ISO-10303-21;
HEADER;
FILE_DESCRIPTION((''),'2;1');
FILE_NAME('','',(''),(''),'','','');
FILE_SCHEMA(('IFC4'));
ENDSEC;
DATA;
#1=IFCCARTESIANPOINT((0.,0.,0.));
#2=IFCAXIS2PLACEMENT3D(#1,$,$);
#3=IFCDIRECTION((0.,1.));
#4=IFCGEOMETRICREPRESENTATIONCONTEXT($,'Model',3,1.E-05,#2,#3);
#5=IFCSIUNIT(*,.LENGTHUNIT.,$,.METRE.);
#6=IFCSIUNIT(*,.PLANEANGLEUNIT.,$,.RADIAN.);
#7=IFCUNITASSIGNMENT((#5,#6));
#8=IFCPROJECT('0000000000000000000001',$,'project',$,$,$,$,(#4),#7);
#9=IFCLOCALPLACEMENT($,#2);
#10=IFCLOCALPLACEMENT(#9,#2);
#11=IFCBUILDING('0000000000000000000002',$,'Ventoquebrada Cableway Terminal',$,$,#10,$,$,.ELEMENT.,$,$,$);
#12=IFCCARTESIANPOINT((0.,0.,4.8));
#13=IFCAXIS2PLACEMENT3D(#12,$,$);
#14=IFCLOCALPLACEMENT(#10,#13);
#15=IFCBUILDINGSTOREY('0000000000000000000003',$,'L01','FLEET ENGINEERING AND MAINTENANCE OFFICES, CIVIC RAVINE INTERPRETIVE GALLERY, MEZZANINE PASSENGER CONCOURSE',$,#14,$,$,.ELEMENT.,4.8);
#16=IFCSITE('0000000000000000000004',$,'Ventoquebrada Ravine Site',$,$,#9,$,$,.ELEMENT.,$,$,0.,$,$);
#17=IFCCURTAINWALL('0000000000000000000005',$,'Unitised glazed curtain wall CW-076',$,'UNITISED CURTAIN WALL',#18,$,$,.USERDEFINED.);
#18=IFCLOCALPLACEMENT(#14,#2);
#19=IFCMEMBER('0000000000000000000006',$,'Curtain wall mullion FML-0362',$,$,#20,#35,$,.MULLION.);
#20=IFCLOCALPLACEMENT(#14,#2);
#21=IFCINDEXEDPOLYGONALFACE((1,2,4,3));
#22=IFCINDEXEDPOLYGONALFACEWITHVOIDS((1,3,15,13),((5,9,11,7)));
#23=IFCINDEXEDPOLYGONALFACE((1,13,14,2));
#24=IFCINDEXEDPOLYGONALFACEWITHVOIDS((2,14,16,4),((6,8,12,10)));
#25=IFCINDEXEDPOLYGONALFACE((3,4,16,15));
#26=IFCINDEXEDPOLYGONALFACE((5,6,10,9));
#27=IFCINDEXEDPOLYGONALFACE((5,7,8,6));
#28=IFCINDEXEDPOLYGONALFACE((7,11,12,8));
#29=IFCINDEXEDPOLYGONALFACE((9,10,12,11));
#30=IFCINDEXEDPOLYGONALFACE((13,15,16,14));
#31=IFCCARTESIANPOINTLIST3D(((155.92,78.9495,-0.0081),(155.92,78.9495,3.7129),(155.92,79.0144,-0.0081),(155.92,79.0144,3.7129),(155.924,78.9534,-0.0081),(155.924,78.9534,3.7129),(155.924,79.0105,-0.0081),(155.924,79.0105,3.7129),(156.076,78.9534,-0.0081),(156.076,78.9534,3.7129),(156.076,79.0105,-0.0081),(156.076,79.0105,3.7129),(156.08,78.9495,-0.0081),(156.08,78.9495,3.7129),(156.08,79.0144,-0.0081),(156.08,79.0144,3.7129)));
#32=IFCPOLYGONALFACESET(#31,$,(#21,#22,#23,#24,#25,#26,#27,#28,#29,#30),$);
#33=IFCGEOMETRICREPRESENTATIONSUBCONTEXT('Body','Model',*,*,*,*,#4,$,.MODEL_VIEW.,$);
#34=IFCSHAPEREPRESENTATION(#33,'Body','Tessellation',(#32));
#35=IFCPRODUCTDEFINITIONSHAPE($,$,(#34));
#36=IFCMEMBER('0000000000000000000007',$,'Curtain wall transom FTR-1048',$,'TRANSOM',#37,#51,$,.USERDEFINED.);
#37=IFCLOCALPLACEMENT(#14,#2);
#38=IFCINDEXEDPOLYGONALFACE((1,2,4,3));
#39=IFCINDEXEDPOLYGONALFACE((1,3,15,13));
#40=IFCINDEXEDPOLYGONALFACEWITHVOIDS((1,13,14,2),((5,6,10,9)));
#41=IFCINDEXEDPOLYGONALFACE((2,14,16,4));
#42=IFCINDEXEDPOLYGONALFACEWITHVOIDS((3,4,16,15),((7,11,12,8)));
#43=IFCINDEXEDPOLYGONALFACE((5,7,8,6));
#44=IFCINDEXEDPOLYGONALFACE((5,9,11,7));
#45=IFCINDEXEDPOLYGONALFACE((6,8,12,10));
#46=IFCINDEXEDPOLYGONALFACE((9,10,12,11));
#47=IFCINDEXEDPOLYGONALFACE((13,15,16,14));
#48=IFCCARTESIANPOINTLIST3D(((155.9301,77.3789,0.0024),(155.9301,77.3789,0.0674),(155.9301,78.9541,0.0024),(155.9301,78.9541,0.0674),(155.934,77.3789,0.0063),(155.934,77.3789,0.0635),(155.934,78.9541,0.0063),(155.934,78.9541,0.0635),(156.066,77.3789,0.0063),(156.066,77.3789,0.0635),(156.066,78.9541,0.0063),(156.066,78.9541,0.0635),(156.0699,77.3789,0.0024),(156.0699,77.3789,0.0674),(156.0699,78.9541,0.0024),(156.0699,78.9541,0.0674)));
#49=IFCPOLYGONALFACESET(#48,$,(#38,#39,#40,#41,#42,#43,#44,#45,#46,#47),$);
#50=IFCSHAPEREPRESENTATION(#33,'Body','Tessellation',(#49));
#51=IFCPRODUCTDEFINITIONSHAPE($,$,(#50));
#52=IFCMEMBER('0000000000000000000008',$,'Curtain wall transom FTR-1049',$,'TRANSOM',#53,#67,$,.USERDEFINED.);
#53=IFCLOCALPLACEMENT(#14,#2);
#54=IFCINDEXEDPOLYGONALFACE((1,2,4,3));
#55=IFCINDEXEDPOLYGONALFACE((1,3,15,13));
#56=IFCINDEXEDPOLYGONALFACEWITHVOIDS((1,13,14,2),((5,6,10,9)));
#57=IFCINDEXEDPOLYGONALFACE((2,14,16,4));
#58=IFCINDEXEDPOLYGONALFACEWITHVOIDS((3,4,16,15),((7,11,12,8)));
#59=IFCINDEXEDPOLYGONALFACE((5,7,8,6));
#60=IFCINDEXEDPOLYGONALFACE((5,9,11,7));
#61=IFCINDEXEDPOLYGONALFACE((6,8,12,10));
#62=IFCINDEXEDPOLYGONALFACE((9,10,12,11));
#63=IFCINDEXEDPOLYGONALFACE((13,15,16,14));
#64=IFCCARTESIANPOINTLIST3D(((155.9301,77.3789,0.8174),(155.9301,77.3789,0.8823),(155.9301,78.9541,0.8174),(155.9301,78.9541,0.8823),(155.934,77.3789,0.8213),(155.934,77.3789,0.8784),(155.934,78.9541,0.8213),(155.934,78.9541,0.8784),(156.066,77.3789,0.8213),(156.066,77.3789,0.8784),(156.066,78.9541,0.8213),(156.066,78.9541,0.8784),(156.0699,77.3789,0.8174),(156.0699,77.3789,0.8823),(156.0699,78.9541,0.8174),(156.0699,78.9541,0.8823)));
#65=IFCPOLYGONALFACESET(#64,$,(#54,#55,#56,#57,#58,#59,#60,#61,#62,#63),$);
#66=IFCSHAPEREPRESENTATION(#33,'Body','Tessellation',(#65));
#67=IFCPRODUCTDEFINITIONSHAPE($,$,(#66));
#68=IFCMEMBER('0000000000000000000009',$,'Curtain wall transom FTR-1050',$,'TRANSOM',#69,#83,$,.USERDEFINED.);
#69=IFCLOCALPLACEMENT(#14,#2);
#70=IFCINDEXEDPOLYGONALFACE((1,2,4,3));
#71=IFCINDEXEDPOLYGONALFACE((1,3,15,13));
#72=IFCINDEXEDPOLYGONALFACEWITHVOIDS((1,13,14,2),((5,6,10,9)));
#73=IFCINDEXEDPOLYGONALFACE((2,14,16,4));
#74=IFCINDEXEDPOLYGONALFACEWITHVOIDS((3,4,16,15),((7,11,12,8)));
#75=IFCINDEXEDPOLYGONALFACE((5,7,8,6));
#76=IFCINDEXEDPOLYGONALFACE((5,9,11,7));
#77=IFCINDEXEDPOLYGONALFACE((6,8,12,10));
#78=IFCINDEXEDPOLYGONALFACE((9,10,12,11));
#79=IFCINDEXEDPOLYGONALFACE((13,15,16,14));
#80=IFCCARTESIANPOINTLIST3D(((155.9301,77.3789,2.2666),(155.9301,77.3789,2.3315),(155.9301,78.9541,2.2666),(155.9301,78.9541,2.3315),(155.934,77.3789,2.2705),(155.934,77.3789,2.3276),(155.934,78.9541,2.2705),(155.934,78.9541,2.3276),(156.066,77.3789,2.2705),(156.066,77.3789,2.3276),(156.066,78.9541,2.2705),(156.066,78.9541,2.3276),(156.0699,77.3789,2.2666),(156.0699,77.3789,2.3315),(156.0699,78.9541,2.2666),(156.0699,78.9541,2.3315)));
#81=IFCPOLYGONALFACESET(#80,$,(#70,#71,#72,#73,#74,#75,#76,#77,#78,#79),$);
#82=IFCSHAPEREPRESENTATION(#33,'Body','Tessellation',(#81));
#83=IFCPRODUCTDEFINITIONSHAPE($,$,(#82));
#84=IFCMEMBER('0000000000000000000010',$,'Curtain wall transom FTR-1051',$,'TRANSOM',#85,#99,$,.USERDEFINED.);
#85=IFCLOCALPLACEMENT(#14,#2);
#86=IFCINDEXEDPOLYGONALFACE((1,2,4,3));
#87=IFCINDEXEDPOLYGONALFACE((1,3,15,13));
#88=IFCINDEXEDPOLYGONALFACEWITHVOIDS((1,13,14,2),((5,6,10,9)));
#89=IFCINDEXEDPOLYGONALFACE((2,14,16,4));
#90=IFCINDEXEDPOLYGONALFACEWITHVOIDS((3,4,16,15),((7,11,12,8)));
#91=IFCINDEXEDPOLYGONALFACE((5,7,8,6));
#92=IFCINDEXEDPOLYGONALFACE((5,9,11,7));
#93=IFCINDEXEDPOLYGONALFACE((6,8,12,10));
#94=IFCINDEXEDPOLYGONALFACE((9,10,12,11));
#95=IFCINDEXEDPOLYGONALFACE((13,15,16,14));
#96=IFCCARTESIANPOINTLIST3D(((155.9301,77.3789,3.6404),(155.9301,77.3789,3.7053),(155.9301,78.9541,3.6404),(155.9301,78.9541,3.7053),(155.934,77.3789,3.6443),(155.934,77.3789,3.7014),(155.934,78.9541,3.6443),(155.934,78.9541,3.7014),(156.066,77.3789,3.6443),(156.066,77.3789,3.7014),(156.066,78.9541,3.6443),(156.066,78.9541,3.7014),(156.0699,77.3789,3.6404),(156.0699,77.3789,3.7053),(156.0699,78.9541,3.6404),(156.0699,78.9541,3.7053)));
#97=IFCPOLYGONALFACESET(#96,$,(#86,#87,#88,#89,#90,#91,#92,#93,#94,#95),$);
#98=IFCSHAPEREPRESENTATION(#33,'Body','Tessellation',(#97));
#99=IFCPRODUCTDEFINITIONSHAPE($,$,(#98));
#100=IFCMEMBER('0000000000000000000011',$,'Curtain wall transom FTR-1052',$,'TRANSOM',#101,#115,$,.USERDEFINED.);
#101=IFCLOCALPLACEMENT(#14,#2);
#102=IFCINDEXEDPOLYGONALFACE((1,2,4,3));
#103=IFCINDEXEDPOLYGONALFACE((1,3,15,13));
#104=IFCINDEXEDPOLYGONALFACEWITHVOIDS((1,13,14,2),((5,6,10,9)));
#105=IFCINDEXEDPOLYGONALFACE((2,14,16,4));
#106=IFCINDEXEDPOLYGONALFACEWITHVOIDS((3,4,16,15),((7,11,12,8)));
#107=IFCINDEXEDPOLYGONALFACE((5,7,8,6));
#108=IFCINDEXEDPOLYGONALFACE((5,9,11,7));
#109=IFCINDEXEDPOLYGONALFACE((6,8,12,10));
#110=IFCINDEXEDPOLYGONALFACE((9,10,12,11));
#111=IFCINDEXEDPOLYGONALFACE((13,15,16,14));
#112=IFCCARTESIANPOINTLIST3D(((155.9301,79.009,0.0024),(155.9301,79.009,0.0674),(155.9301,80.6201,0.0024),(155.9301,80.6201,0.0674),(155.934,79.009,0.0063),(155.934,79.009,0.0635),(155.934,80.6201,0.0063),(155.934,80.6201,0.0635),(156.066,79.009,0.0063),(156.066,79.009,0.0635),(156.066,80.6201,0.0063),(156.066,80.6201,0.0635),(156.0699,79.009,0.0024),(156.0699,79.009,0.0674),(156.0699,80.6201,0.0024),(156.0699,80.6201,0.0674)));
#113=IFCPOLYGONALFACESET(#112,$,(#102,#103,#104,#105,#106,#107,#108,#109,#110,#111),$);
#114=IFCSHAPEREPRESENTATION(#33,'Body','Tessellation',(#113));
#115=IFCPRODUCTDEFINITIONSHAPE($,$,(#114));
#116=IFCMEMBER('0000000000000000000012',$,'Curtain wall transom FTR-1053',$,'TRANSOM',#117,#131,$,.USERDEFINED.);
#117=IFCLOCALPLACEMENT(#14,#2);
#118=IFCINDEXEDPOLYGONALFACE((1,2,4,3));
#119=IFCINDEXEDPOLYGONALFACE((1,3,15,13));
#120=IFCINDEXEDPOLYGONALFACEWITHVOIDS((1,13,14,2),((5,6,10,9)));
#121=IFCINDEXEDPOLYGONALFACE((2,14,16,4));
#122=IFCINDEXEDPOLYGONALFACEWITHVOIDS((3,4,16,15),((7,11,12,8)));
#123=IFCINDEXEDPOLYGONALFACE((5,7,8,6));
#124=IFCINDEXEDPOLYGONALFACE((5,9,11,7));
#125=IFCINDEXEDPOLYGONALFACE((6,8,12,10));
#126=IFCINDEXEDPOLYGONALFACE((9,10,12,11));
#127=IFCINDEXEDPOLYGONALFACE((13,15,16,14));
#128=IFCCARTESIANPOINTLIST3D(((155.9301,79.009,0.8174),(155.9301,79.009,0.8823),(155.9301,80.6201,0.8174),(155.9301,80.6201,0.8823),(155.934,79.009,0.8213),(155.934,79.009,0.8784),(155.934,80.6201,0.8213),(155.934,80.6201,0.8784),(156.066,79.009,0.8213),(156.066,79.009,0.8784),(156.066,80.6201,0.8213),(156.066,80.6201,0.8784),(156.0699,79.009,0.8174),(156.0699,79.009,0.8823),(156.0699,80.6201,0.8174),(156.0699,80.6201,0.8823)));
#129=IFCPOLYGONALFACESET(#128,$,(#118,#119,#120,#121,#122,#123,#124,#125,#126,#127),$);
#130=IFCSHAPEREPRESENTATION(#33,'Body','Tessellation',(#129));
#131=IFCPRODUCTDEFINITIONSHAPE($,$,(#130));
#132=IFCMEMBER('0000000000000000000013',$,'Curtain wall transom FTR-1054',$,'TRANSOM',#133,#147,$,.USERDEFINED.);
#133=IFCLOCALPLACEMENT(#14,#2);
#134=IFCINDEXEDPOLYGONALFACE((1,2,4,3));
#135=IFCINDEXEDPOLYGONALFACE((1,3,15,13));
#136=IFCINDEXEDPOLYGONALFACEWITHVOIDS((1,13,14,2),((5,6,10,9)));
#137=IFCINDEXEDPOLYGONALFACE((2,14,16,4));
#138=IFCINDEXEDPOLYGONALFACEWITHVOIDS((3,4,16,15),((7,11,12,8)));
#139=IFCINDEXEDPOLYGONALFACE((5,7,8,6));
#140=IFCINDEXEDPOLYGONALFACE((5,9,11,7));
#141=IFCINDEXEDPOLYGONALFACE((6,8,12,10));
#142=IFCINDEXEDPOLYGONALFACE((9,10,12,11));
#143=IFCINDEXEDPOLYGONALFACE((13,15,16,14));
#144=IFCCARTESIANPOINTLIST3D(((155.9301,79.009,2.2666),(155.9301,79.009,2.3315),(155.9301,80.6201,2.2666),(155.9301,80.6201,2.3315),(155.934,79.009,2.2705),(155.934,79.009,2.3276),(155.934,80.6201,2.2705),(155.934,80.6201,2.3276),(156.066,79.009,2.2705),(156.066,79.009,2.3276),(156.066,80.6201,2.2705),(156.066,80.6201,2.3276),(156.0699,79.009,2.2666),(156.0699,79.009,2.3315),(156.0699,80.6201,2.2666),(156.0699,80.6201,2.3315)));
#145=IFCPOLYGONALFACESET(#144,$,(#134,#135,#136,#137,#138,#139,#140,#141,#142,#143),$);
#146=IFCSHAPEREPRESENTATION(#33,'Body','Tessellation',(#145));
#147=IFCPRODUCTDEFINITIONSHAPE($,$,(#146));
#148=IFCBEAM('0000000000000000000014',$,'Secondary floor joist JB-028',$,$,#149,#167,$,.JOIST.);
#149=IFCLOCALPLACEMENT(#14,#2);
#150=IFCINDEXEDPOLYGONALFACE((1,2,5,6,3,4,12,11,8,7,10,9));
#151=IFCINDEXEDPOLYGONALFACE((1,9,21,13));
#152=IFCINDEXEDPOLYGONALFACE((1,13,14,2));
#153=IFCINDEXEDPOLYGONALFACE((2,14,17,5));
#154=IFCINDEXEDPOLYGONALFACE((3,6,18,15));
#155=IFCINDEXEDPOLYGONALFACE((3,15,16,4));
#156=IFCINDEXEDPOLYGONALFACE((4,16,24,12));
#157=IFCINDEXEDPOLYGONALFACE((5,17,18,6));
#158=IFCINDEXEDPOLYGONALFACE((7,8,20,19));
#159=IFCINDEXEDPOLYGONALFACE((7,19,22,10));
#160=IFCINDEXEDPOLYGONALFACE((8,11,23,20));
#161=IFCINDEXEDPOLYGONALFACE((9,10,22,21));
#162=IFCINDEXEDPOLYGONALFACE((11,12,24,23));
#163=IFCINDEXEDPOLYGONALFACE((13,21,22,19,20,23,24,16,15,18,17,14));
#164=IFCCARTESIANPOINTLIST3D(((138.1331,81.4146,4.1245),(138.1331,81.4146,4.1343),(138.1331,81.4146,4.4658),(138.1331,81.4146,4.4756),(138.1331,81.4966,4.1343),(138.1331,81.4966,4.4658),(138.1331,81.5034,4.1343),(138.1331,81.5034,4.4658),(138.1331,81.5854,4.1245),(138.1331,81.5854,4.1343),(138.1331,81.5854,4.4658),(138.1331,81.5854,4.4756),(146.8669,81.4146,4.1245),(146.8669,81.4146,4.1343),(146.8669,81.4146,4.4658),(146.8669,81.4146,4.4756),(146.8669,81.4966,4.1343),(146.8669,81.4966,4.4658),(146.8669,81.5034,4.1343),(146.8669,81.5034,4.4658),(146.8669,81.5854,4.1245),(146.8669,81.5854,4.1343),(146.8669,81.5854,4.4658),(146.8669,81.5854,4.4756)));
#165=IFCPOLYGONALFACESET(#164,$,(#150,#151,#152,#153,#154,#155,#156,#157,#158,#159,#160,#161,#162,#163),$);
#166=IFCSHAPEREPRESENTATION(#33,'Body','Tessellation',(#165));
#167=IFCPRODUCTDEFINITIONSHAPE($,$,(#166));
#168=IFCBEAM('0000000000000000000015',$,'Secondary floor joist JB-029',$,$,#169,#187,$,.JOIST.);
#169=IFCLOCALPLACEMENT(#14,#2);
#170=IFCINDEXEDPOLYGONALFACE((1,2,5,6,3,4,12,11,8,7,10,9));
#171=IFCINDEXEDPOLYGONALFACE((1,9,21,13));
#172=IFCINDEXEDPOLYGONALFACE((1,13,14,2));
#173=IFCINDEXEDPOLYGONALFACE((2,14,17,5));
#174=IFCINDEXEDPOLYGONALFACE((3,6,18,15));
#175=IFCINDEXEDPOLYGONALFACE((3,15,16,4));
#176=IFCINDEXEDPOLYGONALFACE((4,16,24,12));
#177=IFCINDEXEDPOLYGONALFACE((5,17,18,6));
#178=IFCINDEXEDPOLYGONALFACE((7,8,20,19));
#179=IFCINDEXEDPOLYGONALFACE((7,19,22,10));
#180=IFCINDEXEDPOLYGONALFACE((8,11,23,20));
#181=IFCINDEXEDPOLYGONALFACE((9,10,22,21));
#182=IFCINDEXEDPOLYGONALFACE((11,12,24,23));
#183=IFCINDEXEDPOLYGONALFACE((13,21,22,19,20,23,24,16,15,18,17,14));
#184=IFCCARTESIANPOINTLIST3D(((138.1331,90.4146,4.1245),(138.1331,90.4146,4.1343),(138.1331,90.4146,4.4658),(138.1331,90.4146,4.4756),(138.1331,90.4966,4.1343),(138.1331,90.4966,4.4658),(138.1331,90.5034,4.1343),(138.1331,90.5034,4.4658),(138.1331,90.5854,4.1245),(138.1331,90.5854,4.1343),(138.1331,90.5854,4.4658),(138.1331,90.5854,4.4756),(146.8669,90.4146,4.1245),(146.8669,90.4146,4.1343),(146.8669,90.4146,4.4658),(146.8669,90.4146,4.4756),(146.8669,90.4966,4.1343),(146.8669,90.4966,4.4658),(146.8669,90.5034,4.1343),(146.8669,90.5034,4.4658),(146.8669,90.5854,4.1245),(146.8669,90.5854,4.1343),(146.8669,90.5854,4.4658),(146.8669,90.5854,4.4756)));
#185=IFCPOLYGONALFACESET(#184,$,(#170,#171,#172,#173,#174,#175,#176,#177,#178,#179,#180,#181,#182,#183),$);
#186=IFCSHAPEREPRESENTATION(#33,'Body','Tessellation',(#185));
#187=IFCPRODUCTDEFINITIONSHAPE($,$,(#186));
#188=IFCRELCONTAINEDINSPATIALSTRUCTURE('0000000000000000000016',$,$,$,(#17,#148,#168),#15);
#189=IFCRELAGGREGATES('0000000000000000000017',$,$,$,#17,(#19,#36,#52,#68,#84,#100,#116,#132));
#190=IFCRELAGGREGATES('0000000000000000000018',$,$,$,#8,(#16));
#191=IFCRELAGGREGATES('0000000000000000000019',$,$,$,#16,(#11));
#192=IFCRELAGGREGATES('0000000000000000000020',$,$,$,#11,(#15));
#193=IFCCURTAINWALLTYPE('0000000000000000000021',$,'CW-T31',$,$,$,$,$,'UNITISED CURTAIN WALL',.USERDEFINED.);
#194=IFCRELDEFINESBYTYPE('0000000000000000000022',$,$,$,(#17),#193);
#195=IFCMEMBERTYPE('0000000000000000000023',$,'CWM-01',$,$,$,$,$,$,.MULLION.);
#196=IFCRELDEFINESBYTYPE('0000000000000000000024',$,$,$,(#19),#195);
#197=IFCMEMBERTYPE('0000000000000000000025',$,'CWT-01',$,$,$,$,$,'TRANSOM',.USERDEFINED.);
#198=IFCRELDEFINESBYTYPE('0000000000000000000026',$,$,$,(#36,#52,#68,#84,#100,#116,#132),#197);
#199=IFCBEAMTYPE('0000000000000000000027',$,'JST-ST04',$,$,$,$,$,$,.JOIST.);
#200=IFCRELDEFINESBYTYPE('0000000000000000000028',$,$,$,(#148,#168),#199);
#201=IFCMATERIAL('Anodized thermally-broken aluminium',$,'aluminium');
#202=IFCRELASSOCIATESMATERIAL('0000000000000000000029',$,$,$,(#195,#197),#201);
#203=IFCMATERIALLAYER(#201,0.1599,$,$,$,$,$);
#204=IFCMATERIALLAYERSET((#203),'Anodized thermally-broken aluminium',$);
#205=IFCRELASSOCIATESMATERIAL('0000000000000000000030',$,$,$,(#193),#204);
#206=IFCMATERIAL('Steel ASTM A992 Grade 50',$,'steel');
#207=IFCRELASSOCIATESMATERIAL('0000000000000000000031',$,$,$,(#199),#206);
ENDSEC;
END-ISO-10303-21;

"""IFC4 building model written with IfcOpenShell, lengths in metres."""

from ifc_helpers import new_model, si_unit, direction, frame, origin, origin_2d, place, context, subcontext, project, spatial, hollow_rectangle, i_section, extrude, material, layer, layer_set, material_profile, profile_set, type_object, element, aggregate, save


model = new_model("IFC4")

# Units and contexts
model_context = context("Model", 3, precision=1e-05, world=origin(), true_north=direction((0.0, 1.0)))
body_context = subcontext(model_context, "Body", "Model", "MODEL_VIEW")
ifc_project = project(units=[si_unit("LENGTHUNIT", "METRE"), si_unit("PLANEANGLEUNIT", "RADIAN")], contexts=[model_context])

# Site, building, storey
site_placement = place(None, origin())
site = spatial("IfcSite", under=ifc_project, at=site_placement, Name="Ventoquebrada Ravine Site", CompositionType="ELEMENT", RefElevation=0.0)
building_placement = place(site_placement, origin())
building = spatial("IfcBuilding", under=site, at=building_placement, Name="Ventoquebrada Cableway Terminal", CompositionType="ELEMENT")
storey_placement = place(building_placement, frame((0.0, 0.0, 4.8)))
storey = spatial("IfcBuildingStorey", under=building, at=storey_placement, Name="L01", Description="FLEET ENGINEERING AND MAINTENANCE OFFICES, CIVIC RAVINE INTERPRETIVE GALLERY, MEZZANINE PASSENGER CONCOURSE", CompositionType="ELEMENT", Elevation=4.8)

# Shared definitions
ifc_material_1 = material(Name="Steel ASTM A992 Grade 50", Category="steel")

# Shared definitions
ifc_material_2 = material(Name="Anodized thermally-broken aluminium", Category="aluminium")
ifc_material_profile_1 = material_profile(ifc_material_2, hollow_rectangle(XDim=0.0649, YDim=0.1599, WallThickness=0.0039, at=origin_2d()), Name="CW-MUL-65X160")
ifc_profile_set_1 = profile_set([ifc_material_profile_1], Name="Anodized thermally-broken aluminium")
member_type_1 = type_object("IfcMemberType", Name="CWM-01", PredefinedType="MULLION", material=ifc_profile_set_1)

# Curtain wall, members
ifc_layer_1 = layer(ifc_material_2, 0.1599)
ifc_layer_set_1 = layer_set([ifc_layer_1], Name="Anodized thermally-broken aluminium")
curtain_wall_type_1 = type_object("IfcCurtainWallType", Name="CW-T31", ElementType="UNITISED CURTAIN WALL", PredefinedType="USERDEFINED", material=ifc_layer_set_1)
curtain_wall_1_placement = place(storey_placement, origin())
curtain_wall_1 = element("IfcCurtainWall", 1, at=curtain_wall_1_placement, inside=storey, type_object=curtain_wall_type_1, Name="Unitised glazed curtain wall CW-076", ObjectType="UNITISED CURTAIN WALL", PredefinedType="USERDEFINED")
member_1_placement = place(storey_placement, frame((156.0, 78.9819, -0.0081), z_axis=(0.0, 0.0, 1.0), x_axis=(0.0, 1.0, 0.0)))
member_1 = element("IfcMember", 2, at=member_1_placement, type_object=member_type_1, Name="Curtain wall mullion FML-0362", PredefinedType="MULLION", context=body_context, shape_type="SweptSolid", body=[
    extrude(hollow_rectangle(XDim=0.0649, YDim=0.1599, WallThickness=0.0039, at=origin_2d()), origin(), (0.0, 0.0, 1.0), 3.7209),
])
ifc_material_profile_2 = material_profile(ifc_material_2, hollow_rectangle(XDim=0.0649, YDim=0.1399, WallThickness=0.0039, at=origin_2d()), Name="CW-TRN-65X140")
ifc_profile_set_2 = profile_set([ifc_material_profile_2], Name="Anodized thermally-broken aluminium")
member_type_2 = type_object("IfcMemberType", Name="CWT-01", ElementType="TRANSOM", PredefinedType="USERDEFINED", material=ifc_profile_set_2)
member_2_placement = place(storey_placement, frame((156.0, 77.3789, 0.0349), z_axis=(0.0, 1.0, 0.0), x_axis=(0.0, 0.0, 1.0)))
member_2 = element("IfcMember", 3, at=member_2_placement, type_object=member_type_2, Name="Curtain wall transom FTR-1048", ObjectType="TRANSOM", PredefinedType="USERDEFINED", context=body_context, shape_type="SweptSolid", body=[
    extrude(hollow_rectangle(XDim=0.0649, YDim=0.1399, WallThickness=0.0039, at=origin_2d()), origin(), (0.0, 0.0, 1.0), 1.5752),
])
member_3_placement = place(storey_placement, frame((156.0, 77.3789, 0.8499), z_axis=(0.0, 1.0, 0.0), x_axis=(0.0, 0.0, 1.0)))
member_3 = element("IfcMember", 4, at=member_3_placement, type_object=member_type_2, Name="Curtain wall transom FTR-1049", ObjectType="TRANSOM", PredefinedType="USERDEFINED", context=body_context, shape_type="SweptSolid", body=[
    extrude(hollow_rectangle(XDim=0.0649, YDim=0.1399, WallThickness=0.0039, at=origin_2d()), origin(), (0.0, 0.0, 1.0), 1.5752),
])
member_4_placement = place(storey_placement, frame((156.0, 77.3789, 2.2991), z_axis=(0.0, 1.0, 0.0), x_axis=(0.0, 0.0, 1.0)))
member_4 = element("IfcMember", 5, at=member_4_placement, type_object=member_type_2, Name="Curtain wall transom FTR-1050", ObjectType="TRANSOM", PredefinedType="USERDEFINED", context=body_context, shape_type="SweptSolid", body=[
    extrude(hollow_rectangle(XDim=0.0649, YDim=0.1399, WallThickness=0.0039, at=origin_2d()), origin(), (0.0, 0.0, 1.0), 1.5752),
])
member_5_placement = place(storey_placement, frame((156.0, 77.3789, 3.6729), z_axis=(0.0, 1.0, 0.0), x_axis=(0.0, 0.0, 1.0)))
member_5 = element("IfcMember", 6, at=member_5_placement, type_object=member_type_2, Name="Curtain wall transom FTR-1051", ObjectType="TRANSOM", PredefinedType="USERDEFINED", context=body_context, shape_type="SweptSolid", body=[
    extrude(hollow_rectangle(XDim=0.0649, YDim=0.1399, WallThickness=0.0039, at=origin_2d()), origin(), (0.0, 0.0, 1.0), 1.5752),
])
member_6_placement = place(storey_placement, frame((156.0, 79.009, 0.0349), z_axis=(0.0, 1.0, 0.0), x_axis=(0.0, 0.0, 1.0)))
member_6 = element("IfcMember", 7, at=member_6_placement, type_object=member_type_2, Name="Curtain wall transom FTR-1052", ObjectType="TRANSOM", PredefinedType="USERDEFINED", context=body_context, shape_type="SweptSolid", body=[
    extrude(hollow_rectangle(XDim=0.0649, YDim=0.1399, WallThickness=0.0039, at=origin_2d()), origin(), (0.0, 0.0, 1.0), 1.6111),
])
member_7_placement = place(storey_placement, frame((156.0, 79.009, 0.8499), z_axis=(0.0, 1.0, 0.0), x_axis=(0.0, 0.0, 1.0)))
member_7 = element("IfcMember", 8, at=member_7_placement, type_object=member_type_2, Name="Curtain wall transom FTR-1053", ObjectType="TRANSOM", PredefinedType="USERDEFINED", context=body_context, shape_type="SweptSolid", body=[
    extrude(hollow_rectangle(XDim=0.0649, YDim=0.1399, WallThickness=0.0039, at=origin_2d()), origin(), (0.0, 0.0, 1.0), 1.6111),
])
member_8_placement = place(storey_placement, frame((156.0, 79.009, 2.2991), z_axis=(0.0, 1.0, 0.0), x_axis=(0.0, 0.0, 1.0)))
member_8 = element("IfcMember", 9, at=member_8_placement, type_object=member_type_2, Name="Curtain wall transom FTR-1054", ObjectType="TRANSOM", PredefinedType="USERDEFINED", context=body_context, shape_type="SweptSolid", body=[
    extrude(hollow_rectangle(XDim=0.0649, YDim=0.1399, WallThickness=0.0039, at=origin_2d()), origin(), (0.0, 0.0, 1.0), 1.6111),
])

# Beams
ifc_material_profile_3 = material_profile(ifc_material_1, i_section(OverallWidth=0.1709, OverallDepth=0.3511, WebThickness=0.0068, FlangeThickness=0.0098, at=origin_2d()), Name="W14X30")
ifc_profile_set_3 = profile_set([ifc_material_profile_3], Name="Steel ASTM A992 Grade 50")
beam_type_1 = type_object("IfcBeamType", Name="JST-ST04", PredefinedType="JOIST", material=ifc_profile_set_3)
for number, where, z_axis, x_axis, name in (
    (10, (138.1331, 81.5, 4.3), (1.0, 0.0, 0.0), (0.0, 1.0, 0.0), "Secondary floor joist JB-028"),
    (11, (138.1331, 90.5, 4.3), (1.0, 0.0, 0.0), (0.0, 1.0, 0.0), "Secondary floor joist JB-029"),
):
    element("IfcBeam", number, at=place(storey_placement, frame(where, z_axis=z_axis, x_axis=x_axis)), inside=storey, type_object=beam_type_1, Name=name, PredefinedType="JOIST", context=body_context, shape_type="SweptSolid", body=[
        extrude(i_section(OverallWidth=0.1709, OverallDepth=0.3511, WebThickness=0.0068, FlangeThickness=0.0098, at=origin_2d()), origin(), (0.0, 0.0, 1.0), 8.7339),
    ])

aggregate(curtain_wall_1, [member_1, member_2, member_3, member_4, member_5, member_6, member_7, member_8])

save(model, "model.ifc")
